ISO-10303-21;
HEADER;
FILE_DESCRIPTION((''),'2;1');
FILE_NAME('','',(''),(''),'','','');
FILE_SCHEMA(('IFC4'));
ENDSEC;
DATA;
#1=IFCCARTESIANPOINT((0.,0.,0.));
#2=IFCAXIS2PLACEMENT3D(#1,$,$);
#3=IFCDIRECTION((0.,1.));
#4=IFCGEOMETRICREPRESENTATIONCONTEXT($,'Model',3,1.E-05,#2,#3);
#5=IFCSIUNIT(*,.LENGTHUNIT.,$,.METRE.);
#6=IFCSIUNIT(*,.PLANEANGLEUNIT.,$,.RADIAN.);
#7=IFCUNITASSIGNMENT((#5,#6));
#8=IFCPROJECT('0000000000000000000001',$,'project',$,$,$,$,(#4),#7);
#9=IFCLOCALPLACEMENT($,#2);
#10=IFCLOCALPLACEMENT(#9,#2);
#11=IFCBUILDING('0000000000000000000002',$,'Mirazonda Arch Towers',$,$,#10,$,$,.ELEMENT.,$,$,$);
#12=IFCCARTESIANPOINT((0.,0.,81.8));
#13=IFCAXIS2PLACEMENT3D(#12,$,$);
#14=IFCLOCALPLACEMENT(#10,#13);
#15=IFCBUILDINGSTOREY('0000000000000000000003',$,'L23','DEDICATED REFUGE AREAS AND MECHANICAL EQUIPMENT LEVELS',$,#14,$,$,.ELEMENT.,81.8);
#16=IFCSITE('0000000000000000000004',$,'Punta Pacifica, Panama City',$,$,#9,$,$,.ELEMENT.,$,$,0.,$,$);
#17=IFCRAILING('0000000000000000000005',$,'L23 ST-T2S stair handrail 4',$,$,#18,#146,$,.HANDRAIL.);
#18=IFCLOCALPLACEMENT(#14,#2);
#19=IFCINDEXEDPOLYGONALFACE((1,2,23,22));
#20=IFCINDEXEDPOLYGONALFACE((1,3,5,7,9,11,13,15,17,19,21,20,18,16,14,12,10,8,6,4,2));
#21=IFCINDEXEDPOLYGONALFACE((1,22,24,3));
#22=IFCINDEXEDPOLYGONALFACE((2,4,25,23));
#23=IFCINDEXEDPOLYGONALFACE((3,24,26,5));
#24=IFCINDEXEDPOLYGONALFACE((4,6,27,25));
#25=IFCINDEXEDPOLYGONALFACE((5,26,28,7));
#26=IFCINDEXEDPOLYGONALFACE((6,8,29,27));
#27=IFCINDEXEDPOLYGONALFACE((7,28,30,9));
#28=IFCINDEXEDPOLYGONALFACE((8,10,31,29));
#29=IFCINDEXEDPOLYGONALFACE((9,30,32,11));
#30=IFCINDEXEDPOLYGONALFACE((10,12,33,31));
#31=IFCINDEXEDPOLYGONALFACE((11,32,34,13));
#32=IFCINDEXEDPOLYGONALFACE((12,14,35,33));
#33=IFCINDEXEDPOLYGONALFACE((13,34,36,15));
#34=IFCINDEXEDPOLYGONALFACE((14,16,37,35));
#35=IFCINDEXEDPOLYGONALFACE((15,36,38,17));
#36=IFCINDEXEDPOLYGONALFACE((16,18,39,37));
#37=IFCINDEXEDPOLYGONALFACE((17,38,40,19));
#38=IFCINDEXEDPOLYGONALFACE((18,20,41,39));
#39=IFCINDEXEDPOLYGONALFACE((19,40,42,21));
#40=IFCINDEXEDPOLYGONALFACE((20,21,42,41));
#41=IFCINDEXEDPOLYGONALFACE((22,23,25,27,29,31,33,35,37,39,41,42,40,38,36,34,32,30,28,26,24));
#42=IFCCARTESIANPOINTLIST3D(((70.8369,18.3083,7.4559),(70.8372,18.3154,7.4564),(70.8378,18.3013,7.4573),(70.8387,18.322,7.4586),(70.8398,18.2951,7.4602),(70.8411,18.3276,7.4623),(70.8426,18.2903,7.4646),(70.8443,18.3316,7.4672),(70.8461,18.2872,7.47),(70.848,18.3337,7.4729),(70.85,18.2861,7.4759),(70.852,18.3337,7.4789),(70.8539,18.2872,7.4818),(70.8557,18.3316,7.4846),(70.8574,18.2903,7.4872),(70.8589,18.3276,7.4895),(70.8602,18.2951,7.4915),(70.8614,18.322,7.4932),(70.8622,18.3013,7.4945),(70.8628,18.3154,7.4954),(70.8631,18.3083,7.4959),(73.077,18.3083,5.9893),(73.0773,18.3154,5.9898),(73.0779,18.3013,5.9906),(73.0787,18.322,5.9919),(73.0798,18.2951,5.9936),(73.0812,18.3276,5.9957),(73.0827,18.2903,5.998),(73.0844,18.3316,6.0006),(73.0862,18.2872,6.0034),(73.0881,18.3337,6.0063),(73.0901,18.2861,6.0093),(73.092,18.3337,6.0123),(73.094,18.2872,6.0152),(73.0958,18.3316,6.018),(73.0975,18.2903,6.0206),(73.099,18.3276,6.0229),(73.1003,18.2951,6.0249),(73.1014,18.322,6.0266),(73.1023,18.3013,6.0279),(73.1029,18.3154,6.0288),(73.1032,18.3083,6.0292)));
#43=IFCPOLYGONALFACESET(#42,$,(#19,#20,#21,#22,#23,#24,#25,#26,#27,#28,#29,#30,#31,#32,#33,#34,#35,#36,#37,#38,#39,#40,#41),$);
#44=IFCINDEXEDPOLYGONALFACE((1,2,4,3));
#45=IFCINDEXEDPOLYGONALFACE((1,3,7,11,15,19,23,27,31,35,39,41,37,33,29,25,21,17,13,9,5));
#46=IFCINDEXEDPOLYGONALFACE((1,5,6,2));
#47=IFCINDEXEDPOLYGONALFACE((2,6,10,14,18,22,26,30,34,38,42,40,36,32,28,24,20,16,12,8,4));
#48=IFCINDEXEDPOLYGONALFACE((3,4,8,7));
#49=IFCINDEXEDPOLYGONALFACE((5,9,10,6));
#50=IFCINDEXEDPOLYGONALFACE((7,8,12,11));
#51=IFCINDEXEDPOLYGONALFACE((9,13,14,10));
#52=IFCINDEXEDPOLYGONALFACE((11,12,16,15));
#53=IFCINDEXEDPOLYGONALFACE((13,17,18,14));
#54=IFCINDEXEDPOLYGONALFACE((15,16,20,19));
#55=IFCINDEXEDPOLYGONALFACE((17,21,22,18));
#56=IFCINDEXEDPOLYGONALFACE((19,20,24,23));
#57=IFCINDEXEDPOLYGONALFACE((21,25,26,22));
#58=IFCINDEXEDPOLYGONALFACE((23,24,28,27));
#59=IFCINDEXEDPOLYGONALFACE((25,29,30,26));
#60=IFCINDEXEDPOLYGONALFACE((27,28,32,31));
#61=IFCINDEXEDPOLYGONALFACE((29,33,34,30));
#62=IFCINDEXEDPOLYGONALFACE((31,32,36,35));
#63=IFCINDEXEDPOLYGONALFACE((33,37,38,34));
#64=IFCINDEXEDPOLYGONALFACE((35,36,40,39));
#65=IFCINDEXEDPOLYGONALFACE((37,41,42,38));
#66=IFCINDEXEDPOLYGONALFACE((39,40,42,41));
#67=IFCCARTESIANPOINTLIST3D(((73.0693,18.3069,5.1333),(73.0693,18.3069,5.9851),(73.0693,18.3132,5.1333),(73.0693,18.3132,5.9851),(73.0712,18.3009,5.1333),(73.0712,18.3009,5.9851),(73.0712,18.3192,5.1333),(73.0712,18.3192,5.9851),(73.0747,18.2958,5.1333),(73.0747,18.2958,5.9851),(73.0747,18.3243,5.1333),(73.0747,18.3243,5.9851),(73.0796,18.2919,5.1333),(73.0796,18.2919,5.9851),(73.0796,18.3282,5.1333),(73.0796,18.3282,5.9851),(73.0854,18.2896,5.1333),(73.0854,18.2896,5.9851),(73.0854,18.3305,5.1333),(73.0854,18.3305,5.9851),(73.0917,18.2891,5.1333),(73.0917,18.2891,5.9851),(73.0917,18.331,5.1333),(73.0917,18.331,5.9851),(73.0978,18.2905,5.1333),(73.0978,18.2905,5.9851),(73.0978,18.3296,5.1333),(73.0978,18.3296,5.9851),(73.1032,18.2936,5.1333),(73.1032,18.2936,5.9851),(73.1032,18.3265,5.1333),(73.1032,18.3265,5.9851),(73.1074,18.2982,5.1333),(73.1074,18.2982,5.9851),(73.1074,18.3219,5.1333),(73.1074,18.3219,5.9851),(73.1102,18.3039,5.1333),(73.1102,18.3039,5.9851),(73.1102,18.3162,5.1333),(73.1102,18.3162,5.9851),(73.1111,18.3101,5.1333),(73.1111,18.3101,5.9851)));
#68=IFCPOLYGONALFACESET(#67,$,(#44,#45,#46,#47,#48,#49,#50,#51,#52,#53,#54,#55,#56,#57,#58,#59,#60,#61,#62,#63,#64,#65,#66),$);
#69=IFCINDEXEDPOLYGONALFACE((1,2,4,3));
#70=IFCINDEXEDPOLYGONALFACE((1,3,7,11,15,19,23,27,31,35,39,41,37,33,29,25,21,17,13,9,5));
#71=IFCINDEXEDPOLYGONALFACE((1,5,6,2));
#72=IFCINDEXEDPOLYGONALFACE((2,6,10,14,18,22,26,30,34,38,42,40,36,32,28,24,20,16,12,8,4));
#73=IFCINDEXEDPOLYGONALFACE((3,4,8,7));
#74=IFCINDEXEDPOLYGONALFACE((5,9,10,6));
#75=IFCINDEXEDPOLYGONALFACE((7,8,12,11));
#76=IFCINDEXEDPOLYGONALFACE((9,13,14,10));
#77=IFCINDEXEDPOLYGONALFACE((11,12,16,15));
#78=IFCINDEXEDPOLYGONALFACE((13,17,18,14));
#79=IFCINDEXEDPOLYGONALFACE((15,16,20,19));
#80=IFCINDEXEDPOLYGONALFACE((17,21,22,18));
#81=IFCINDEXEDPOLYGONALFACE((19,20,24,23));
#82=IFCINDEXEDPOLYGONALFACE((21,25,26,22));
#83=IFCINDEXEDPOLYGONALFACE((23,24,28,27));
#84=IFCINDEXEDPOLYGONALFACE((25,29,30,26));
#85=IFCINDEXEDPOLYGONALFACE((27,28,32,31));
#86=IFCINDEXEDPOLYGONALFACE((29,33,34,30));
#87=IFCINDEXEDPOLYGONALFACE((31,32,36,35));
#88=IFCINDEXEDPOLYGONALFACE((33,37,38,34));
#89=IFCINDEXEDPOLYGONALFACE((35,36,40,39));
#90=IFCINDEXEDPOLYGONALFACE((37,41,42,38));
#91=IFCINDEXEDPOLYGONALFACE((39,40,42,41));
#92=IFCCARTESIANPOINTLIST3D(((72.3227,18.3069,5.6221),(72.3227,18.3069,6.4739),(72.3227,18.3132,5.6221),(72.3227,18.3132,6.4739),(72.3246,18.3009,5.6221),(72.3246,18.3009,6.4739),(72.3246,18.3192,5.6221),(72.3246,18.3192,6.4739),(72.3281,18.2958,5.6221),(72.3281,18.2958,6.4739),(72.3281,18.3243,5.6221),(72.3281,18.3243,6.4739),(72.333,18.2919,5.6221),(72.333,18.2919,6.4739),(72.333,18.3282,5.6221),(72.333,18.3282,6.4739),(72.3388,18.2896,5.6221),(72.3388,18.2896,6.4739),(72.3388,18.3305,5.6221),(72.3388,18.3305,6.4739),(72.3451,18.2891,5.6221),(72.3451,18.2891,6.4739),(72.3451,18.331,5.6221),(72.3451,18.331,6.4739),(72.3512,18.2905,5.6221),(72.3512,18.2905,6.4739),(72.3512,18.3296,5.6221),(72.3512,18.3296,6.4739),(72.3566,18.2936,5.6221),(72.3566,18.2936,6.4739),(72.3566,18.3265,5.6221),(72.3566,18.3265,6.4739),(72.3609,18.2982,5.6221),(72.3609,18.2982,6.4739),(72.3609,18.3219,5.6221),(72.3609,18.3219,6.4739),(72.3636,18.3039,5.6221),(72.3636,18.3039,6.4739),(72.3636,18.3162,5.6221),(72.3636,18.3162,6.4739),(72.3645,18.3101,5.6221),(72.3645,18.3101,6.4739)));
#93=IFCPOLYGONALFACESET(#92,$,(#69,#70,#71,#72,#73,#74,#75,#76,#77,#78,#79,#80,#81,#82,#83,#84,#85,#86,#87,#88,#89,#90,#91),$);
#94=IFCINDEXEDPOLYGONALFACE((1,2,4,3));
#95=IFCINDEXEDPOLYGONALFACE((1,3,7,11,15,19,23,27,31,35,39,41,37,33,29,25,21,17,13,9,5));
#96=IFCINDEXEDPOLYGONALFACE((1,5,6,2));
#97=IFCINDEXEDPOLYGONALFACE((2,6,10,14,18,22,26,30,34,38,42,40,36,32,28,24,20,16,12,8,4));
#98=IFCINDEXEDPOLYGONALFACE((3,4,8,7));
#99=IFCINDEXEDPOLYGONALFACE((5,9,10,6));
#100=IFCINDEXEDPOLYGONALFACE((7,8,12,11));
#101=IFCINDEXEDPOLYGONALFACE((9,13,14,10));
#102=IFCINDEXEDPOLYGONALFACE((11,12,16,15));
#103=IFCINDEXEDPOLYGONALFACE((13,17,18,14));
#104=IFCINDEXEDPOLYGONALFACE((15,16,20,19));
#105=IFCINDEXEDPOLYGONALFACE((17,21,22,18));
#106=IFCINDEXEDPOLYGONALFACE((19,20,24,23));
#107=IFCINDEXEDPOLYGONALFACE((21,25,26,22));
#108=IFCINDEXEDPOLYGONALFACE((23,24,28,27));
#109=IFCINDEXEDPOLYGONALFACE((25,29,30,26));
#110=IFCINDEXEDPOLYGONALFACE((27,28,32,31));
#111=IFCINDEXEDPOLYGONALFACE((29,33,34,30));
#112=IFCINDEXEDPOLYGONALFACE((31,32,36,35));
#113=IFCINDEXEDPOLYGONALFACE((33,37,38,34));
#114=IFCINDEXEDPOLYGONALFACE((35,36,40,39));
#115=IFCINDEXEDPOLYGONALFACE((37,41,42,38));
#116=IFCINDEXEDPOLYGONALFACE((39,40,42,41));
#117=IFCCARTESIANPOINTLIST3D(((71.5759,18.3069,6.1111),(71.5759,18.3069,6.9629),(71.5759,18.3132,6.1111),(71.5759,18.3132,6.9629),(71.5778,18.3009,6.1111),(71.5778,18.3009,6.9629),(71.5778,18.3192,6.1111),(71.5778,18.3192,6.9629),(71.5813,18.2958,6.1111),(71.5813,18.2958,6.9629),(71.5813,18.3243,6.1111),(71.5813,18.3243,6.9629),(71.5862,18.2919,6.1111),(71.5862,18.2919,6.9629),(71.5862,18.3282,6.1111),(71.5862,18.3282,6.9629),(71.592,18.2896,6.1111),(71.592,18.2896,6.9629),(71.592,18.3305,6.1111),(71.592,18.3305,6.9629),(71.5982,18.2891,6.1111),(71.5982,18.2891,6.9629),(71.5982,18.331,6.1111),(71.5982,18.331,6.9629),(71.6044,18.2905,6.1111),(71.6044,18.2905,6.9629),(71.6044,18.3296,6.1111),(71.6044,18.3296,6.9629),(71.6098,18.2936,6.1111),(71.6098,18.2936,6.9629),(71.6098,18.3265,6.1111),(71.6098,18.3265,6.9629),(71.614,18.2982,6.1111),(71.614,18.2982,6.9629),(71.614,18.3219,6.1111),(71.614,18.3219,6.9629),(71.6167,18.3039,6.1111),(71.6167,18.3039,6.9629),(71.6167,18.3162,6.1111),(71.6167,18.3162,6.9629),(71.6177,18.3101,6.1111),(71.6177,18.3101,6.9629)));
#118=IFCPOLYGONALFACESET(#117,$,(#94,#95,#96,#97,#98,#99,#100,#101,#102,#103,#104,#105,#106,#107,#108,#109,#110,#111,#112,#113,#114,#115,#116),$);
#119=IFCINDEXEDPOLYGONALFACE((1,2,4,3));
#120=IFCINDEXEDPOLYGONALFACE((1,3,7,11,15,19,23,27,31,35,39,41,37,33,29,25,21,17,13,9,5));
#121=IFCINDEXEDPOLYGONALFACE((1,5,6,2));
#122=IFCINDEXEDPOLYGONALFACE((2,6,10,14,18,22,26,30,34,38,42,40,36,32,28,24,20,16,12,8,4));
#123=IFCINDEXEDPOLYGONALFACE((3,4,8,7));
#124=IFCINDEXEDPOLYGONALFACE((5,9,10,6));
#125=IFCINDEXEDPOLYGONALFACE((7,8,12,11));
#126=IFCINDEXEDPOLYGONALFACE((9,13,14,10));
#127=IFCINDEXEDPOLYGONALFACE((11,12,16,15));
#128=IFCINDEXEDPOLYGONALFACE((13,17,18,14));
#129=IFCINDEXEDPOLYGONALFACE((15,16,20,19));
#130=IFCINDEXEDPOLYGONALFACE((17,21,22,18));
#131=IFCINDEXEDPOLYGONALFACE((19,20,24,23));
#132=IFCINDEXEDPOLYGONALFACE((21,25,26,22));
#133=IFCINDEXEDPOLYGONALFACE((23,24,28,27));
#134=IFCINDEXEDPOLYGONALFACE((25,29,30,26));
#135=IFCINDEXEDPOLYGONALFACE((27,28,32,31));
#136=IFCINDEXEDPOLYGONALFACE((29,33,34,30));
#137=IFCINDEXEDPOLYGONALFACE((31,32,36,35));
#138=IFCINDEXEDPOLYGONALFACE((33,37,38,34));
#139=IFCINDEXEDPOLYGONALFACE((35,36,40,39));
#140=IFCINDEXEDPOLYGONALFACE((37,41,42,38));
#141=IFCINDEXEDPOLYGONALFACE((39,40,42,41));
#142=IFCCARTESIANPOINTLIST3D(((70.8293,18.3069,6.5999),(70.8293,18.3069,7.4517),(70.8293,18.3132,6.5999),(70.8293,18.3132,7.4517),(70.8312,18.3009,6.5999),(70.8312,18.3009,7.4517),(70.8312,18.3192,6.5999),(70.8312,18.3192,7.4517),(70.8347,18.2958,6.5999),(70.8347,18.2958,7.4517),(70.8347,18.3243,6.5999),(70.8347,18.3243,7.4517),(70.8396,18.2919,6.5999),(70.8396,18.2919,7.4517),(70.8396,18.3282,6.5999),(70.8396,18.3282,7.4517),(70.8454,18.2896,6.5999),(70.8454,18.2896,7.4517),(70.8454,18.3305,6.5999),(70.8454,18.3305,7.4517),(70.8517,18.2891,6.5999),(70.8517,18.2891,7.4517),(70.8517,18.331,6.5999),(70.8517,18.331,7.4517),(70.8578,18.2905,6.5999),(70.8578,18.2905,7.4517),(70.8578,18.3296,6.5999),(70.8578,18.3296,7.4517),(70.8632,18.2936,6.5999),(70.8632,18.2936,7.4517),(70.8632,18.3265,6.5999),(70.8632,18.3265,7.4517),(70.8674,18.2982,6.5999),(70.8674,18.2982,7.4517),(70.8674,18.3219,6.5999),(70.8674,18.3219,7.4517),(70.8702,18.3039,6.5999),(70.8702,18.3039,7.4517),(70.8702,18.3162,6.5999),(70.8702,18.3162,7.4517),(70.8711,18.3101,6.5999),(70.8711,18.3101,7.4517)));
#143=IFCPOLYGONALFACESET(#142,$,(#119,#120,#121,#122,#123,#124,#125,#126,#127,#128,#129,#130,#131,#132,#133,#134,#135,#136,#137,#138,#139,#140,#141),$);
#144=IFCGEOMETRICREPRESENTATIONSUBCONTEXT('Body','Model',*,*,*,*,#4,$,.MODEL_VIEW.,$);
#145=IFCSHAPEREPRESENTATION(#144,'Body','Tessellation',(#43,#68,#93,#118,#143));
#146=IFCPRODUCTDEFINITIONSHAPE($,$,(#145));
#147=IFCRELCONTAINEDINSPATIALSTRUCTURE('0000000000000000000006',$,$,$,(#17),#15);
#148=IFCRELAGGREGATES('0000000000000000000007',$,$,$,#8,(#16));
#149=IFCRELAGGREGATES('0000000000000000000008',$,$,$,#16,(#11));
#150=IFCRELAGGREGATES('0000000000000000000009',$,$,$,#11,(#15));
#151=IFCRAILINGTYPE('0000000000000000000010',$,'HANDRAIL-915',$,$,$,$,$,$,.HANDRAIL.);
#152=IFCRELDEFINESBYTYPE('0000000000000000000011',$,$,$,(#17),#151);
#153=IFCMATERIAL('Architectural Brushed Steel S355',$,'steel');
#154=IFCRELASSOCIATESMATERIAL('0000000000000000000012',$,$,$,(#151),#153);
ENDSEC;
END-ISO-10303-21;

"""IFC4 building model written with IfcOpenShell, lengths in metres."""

from ifc_helpers import new_model, si_unit, direction, frame, origin, origin_2d, place, context, subcontext, project, spatial, circle, extrude, material, type_object, element, save


model = new_model("IFC4")

# Units and contexts
model_context = context("Model", 3, precision=1e-05, world=origin(), true_north=direction((0.0, 1.0)))
body_context = subcontext(model_context, "Body", "Model", "MODEL_VIEW")
ifc_project = project(units=[si_unit("LENGTHUNIT", "METRE"), si_unit("PLANEANGLEUNIT", "RADIAN")], contexts=[model_context])

# Site, building, storey
site_placement = place(None, origin())
site = spatial("IfcSite", under=ifc_project, at=site_placement, Name="Punta Pacifica, Panama City", CompositionType="ELEMENT", RefElevation=0.0)
building_placement = place(site_placement, origin())
building = spatial("IfcBuilding", under=site, at=building_placement, Name="Mirazonda Arch Towers", CompositionType="ELEMENT")
storey_placement = place(building_placement, frame((0.0, 0.0, 81.8)))
storey = spatial("IfcBuildingStorey", under=building, at=storey_placement, Name="L23", Description="DEDICATED REFUGE AREAS AND MECHANICAL EQUIPMENT LEVELS", CompositionType="ELEMENT", Elevation=81.8)

# Shared definitions
ifc_material_1 = material(Name="Architectural Brushed Steel S355", Category="steel")

# Railing
railing_type_1 = type_object("IfcRailingType", Name="HANDRAIL-915", PredefinedType="HANDRAIL", material=ifc_material_1)
railing_1_placement = place(storey_placement, frame((73.0901, 18.3101, 5.1333)))
element("IfcRailing", 1, at=railing_1_placement, inside=storey, type_object=railing_type_1, Name="L23 ST-T2S stair handrail 4", PredefinedType="HANDRAIL", context=body_context, shape_type="SweptSolid", body=[
    extrude(circle(Radius=0.0239, at=origin_2d()), frame((0.0, 0.0, 0.876), z_axis=(-0.836637, 0.0, 0.547758), x_axis=(0.0, -1.0, 0.0)), (0.0, 0.0, 1.0), 2.6775),
    extrude(circle(Radius=0.021, at=origin_2d()), origin(), (0.0, 0.0, 1.0), 0.8518),
    extrude(circle(Radius=0.021, at=origin_2d()), frame((-0.7466, 0.0, 0.4888)), (0.0, 0.0, 1.0), 0.8518),
    extrude(circle(Radius=0.021, at=origin_2d()), frame((-1.4934, 0.0, 0.9778)), (0.0, 0.0, 1.0), 0.8518),
    extrude(circle(Radius=0.021, at=origin_2d()), frame((-2.24, 0.0, 1.4666)), (0.0, 0.0, 1.0), 0.8518),
])

save(model, "model.ifc")
